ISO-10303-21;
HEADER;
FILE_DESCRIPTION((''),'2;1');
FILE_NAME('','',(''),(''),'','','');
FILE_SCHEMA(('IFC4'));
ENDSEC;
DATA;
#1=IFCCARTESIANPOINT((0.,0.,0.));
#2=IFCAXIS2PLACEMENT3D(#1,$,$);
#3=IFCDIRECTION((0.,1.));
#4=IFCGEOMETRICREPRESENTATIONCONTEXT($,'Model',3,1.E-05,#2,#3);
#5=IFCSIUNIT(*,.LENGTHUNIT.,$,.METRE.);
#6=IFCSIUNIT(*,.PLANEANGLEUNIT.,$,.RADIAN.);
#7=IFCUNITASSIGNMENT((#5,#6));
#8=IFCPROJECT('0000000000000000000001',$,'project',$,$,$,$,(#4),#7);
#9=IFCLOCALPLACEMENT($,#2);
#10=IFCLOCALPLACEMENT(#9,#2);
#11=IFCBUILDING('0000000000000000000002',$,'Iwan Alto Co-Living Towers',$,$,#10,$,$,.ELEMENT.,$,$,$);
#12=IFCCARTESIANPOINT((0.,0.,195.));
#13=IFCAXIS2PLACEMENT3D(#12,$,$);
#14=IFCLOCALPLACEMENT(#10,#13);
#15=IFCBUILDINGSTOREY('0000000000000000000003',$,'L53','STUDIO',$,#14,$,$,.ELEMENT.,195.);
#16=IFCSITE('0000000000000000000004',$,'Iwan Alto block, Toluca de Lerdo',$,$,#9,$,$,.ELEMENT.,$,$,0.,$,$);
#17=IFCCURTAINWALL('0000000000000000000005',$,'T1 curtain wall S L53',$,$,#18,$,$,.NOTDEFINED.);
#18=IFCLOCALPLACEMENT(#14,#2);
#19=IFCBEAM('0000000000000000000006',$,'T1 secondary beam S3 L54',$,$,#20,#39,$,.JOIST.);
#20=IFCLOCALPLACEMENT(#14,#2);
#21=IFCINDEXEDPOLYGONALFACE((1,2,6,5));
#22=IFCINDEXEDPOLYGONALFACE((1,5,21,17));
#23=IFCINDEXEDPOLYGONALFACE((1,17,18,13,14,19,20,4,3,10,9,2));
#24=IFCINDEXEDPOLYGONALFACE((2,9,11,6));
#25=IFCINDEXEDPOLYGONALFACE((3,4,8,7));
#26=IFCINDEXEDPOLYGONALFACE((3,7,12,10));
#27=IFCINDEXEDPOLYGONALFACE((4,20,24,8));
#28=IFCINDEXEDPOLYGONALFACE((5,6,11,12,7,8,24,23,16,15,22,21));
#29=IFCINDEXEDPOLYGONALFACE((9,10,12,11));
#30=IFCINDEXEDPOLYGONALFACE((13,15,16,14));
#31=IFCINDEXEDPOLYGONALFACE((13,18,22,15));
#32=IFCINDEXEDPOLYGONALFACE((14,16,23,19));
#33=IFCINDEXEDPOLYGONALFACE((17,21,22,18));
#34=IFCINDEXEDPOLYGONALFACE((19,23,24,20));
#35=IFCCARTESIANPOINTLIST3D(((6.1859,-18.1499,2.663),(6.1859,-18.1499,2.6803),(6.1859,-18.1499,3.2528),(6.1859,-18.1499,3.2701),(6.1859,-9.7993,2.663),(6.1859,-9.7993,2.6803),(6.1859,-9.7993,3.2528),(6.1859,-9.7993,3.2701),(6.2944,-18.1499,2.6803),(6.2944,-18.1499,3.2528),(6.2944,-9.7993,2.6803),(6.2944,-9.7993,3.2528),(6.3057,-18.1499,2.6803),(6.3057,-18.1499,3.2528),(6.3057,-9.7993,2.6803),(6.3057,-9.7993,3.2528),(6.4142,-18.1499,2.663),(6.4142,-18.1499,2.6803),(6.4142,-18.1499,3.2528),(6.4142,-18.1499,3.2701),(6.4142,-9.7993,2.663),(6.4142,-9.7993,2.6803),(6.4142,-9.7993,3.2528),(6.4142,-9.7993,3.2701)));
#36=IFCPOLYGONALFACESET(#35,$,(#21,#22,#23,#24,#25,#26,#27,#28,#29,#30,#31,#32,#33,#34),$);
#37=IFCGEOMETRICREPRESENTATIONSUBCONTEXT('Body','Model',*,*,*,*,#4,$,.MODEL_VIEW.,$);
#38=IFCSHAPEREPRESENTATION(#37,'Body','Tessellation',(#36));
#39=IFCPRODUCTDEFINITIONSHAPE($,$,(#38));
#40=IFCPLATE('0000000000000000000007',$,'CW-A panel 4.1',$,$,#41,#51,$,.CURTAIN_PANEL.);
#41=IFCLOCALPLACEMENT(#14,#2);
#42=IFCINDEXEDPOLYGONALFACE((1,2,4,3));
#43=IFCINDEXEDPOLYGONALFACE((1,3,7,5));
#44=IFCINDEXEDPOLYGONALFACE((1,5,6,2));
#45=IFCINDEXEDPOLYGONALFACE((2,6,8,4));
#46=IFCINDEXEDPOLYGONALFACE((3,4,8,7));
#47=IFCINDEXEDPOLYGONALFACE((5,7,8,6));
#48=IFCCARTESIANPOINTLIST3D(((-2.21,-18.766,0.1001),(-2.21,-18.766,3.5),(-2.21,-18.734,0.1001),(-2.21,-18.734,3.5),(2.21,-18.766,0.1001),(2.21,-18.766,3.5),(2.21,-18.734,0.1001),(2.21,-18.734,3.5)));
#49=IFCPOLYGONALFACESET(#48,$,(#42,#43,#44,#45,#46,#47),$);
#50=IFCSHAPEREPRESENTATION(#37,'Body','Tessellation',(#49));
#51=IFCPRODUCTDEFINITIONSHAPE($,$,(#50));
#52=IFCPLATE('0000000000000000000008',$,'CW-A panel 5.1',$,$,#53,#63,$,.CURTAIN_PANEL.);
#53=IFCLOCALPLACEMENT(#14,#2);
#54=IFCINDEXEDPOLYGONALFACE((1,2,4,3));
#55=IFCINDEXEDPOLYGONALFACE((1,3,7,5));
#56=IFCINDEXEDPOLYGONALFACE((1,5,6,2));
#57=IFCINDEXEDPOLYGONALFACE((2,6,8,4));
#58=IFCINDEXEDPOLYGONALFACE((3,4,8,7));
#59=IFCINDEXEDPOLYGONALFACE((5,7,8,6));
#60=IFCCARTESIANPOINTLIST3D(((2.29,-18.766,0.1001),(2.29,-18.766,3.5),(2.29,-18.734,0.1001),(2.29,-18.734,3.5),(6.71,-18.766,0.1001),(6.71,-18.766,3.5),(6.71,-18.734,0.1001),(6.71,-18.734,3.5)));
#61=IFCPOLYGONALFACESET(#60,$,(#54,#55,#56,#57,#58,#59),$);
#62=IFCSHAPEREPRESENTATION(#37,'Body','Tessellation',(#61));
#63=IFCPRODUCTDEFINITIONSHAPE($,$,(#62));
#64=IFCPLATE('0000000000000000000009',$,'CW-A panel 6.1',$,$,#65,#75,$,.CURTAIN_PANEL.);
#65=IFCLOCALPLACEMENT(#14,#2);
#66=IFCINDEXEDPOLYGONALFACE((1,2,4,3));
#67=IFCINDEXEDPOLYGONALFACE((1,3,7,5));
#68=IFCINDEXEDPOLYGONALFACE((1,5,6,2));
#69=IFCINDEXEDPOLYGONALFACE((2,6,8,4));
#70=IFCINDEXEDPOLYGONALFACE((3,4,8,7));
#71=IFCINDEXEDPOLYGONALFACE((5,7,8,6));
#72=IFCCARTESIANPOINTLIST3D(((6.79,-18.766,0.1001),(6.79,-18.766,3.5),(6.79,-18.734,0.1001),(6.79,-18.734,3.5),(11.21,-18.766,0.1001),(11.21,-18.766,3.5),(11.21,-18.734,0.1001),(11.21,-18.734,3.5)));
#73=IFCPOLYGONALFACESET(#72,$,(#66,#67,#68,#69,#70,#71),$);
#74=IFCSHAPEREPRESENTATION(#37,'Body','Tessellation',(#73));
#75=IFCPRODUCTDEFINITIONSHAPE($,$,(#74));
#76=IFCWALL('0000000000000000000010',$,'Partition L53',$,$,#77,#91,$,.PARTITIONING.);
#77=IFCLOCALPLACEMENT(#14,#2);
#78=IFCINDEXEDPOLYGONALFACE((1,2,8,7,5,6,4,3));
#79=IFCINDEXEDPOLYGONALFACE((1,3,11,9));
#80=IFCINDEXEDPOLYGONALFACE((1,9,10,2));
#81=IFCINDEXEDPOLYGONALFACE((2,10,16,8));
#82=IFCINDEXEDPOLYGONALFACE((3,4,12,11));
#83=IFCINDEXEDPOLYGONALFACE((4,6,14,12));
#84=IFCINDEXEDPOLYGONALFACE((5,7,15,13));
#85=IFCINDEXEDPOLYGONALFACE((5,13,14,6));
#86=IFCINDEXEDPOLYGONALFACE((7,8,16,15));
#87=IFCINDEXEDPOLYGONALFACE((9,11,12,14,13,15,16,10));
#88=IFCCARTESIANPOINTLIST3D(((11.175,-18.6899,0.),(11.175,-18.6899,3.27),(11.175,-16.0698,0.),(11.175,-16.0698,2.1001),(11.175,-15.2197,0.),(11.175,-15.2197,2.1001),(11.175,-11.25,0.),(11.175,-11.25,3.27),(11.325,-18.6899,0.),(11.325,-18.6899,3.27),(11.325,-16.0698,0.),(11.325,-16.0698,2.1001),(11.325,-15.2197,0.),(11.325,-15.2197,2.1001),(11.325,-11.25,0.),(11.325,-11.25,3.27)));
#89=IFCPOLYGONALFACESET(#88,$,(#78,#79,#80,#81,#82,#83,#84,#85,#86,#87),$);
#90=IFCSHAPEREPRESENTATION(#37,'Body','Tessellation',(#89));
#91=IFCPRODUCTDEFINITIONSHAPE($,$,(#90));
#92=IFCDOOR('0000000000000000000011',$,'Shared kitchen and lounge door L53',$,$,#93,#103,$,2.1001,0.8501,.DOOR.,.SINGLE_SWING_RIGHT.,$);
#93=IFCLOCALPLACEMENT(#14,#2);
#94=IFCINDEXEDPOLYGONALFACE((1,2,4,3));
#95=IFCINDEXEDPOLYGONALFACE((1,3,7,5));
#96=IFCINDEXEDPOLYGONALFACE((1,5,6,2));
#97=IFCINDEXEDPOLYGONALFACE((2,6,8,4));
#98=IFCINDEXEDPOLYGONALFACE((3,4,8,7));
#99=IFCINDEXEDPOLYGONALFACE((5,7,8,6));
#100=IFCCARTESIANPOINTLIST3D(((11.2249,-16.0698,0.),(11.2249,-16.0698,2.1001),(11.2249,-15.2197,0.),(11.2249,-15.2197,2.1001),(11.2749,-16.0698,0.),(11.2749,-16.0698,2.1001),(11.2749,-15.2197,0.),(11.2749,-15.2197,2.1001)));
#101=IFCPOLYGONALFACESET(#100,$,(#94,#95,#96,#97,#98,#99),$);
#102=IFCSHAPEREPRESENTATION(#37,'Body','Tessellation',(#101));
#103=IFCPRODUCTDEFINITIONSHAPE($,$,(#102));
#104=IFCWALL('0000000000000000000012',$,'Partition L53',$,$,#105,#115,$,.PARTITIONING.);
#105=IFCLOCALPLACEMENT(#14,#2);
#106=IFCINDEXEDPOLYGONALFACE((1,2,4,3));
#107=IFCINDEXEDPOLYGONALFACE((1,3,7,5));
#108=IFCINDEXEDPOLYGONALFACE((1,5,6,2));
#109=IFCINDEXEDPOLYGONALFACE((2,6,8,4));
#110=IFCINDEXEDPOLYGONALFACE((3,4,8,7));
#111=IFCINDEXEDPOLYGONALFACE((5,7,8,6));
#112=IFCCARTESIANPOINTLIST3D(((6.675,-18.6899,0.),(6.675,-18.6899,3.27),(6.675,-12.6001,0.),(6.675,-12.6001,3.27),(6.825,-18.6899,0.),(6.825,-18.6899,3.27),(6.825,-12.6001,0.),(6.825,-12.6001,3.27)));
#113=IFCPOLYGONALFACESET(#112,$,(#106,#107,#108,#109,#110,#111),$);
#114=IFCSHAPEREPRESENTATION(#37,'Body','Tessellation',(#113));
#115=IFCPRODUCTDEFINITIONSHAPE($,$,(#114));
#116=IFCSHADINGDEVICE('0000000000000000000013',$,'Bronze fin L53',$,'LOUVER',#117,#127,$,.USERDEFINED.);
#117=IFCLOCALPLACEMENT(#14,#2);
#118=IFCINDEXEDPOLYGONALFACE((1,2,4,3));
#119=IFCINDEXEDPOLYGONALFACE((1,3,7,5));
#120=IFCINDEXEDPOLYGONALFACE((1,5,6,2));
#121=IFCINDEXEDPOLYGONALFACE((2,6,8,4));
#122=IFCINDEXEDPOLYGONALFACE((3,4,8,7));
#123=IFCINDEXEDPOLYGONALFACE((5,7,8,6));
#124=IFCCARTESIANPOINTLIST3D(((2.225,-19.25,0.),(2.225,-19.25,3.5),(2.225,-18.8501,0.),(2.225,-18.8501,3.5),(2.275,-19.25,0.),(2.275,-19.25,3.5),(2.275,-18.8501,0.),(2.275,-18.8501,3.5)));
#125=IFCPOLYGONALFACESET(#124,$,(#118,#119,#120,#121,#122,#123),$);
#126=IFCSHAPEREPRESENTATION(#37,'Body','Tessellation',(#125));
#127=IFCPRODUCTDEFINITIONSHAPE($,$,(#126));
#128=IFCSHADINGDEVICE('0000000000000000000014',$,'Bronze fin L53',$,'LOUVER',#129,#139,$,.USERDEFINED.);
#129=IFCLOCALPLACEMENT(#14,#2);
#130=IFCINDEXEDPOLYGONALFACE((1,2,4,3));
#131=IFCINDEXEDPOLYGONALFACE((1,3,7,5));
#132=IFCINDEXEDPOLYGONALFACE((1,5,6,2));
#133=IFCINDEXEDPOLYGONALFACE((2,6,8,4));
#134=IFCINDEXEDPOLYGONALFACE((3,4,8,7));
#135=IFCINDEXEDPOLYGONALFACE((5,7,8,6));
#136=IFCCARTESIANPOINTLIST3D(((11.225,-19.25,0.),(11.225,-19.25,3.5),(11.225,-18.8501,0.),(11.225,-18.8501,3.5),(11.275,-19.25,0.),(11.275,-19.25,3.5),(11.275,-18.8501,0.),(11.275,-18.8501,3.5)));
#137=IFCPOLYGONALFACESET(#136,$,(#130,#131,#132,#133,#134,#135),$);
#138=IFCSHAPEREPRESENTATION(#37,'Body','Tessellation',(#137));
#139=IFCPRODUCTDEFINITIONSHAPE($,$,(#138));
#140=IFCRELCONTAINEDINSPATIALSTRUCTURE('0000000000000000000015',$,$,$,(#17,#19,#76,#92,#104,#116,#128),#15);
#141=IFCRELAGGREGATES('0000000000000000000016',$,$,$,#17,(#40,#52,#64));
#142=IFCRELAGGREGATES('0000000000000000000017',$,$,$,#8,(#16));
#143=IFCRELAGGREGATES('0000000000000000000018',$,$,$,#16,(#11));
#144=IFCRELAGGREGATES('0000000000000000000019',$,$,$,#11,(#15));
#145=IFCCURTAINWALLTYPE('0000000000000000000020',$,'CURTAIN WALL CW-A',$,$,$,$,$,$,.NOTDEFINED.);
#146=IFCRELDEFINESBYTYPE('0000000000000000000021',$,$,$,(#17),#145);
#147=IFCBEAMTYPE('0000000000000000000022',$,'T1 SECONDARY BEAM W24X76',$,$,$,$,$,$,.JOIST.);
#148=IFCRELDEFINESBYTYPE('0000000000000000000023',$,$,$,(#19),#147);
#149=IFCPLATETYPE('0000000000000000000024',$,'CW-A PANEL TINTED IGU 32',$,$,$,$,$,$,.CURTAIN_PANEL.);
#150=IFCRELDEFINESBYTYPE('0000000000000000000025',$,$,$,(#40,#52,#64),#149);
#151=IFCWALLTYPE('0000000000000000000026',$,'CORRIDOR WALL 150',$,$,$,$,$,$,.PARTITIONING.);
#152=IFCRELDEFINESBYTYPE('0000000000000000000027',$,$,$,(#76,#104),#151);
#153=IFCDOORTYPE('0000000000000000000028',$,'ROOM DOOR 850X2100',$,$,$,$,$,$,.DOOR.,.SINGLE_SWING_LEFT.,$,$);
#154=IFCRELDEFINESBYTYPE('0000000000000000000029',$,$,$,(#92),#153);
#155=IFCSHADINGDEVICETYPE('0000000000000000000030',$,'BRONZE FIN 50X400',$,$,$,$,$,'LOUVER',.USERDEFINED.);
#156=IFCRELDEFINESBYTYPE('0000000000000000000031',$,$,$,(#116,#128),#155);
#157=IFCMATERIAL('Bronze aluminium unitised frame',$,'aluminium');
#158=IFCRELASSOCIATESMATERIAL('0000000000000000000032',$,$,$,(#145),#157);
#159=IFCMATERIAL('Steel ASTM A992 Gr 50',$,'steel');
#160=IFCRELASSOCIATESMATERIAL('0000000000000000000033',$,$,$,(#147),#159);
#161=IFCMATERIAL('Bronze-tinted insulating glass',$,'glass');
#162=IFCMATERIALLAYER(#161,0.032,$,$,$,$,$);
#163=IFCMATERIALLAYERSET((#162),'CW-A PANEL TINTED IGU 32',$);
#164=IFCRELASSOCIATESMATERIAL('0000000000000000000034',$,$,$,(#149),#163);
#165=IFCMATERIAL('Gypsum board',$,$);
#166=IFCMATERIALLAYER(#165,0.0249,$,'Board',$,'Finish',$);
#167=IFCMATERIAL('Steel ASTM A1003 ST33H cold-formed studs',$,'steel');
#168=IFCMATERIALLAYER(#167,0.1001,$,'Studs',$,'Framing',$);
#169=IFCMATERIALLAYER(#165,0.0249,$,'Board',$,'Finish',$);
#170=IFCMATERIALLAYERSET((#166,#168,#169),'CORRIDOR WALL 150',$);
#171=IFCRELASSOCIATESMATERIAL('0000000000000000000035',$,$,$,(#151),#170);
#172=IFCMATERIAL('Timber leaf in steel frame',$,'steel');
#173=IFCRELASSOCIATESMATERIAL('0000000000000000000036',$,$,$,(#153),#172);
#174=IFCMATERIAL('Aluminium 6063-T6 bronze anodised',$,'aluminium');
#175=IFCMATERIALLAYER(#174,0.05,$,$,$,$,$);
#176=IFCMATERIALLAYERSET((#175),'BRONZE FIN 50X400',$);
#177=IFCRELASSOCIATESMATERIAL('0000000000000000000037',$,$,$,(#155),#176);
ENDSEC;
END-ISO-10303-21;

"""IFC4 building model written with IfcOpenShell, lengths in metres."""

from ifc_helpers import new_model, si_unit, direction, frame, frame_2d, origin, origin_2d, place, context, subcontext, project, spatial, rectangle, i_section, extrude, material, layer, layer_set, material_profile, profile_set, type_object, element, fill, aggregate, save


model = new_model("IFC4")

# Units and contexts
model_context = context("Model", 3, precision=1e-05, world=origin(), true_north=direction((0.0, 1.0)))
body_context = subcontext(model_context, "Body", "Model", "MODEL_VIEW")
ifc_project = project(units=[si_unit("LENGTHUNIT", "METRE"), si_unit("PLANEANGLEUNIT", "RADIAN")], contexts=[model_context])

# Site, building, storey
site_placement = place(None, origin())
site = spatial("IfcSite", under=ifc_project, at=site_placement, Name="Iwan Alto block, Toluca de Lerdo", CompositionType="ELEMENT", RefElevation=0.0)
building_placement = place(site_placement, origin())
building = spatial("IfcBuilding", under=site, at=building_placement, Name="Iwan Alto Co-Living Towers", CompositionType="ELEMENT")
storey_placement = place(building_placement, frame((0.0, 0.0, 195.0)))
storey = spatial("IfcBuildingStorey", under=building, at=storey_placement, Name="L53", Description="STUDIO", CompositionType="ELEMENT", Elevation=195.0)

# Curtain wall
ifc_material_1 = material(Name="Bronze aluminium unitised frame", Category="aluminium")
curtain_wall_type = type_object("IfcCurtainWallType", Name="CURTAIN WALL CW-A", PredefinedType="NOTDEFINED", material=ifc_material_1)
curtain_wall_placement = place(storey_placement, origin())
curtain_wall = element("IfcCurtainWall", 1, at=curtain_wall_placement, inside=storey, type_object=curtain_wall_type, Name="T1 curtain wall S L53", PredefinedType="NOTDEFINED")

# Beam
ifc_material_2 = material(Name="Steel ASTM A992 Gr 50", Category="steel")
ifc_material_profile_1 = material_profile(ifc_material_2, i_section(OverallWidth=0.2283, OverallDepth=0.6072, WebThickness=0.0112, FlangeThickness=0.0173, at=origin_2d()), Name="W24X76")
ifc_profile_set_1 = profile_set([ifc_material_profile_1], Name="Steel ASTM A992 Gr 50")
beam_type_1 = type_object("IfcBeamType", Name="T1 SECONDARY BEAM W24X76", PredefinedType="JOIST", material=ifc_profile_set_1)
for number, where, z_axis, x_axis, name in (
    (2, (6.3, -18.1499, 2.9666), (0.0, 1.0, 0.0), (-1.0, 0.0, 0.0), "T1 secondary beam S3 L54"),
):
    element("IfcBeam", number, at=place(storey_placement, frame(where, z_axis=z_axis, x_axis=x_axis)), inside=storey, type_object=beam_type_1, Name=name, PredefinedType="JOIST", context=body_context, shape_type="SweptSolid", body=[
        extrude(i_section(OverallWidth=0.2283, OverallDepth=0.6072, WebThickness=0.0112, FlangeThickness=0.0173, at=origin_2d()), origin(), (0.0, 0.0, 1.0), 8.3506),
    ])

# Plates
ifc_material_3 = material(Name="Bronze-tinted insulating glass", Category="glass")
ifc_layer_1 = layer(ifc_material_3, 0.032)
ifc_layer_set_1 = layer_set([ifc_layer_1], Name="CW-A PANEL TINTED IGU 32")
plate_type = type_object("IfcPlateType", Name="CW-A PANEL TINTED IGU 32", PredefinedType="CURTAIN_PANEL", material=ifc_layer_set_1)
plate_1_placement = place(storey_placement, frame((0.0, -18.75, 0.1001), z_axis=(0.0, 0.0, 1.0), x_axis=(1.0, 0.0, 0.0)))
plate_1 = element("IfcPlate", 3, at=plate_1_placement, type_object=plate_type, Name="CW-A panel 4.1", PredefinedType="CURTAIN_PANEL", context=body_context, shape_type="SweptSolid", body=[
    extrude(rectangle(XDim=4.4199, YDim=0.032, at=origin_2d()), origin(), (0.0, 0.0, 1.0), 3.3999),
])
plate_2_placement = place(storey_placement, frame((4.5, -18.75, 0.1001), z_axis=(0.0, 0.0, 1.0), x_axis=(1.0, 0.0, 0.0)))
plate_2 = element("IfcPlate", 4, at=plate_2_placement, type_object=plate_type, Name="CW-A panel 5.1", PredefinedType="CURTAIN_PANEL", context=body_context, shape_type="SweptSolid", body=[
    extrude(rectangle(XDim=4.4199, YDim=0.032, at=origin_2d()), origin(), (0.0, 0.0, 1.0), 3.3999),
])
plate_3_placement = place(storey_placement, frame((9.0, -18.75, 0.1001), z_axis=(0.0, 0.0, 1.0), x_axis=(1.0, 0.0, 0.0)))
plate_3 = element("IfcPlate", 5, at=plate_3_placement, type_object=plate_type, Name="CW-A panel 6.1", PredefinedType="CURTAIN_PANEL", context=body_context, shape_type="SweptSolid", body=[
    extrude(rectangle(XDim=4.4199, YDim=0.032, at=origin_2d()), origin(), (0.0, 0.0, 1.0), 3.3999),
])
aggregate(curtain_wall, [plate_1, plate_2, plate_3])

# Wall, opening, door
ifc_material_4 = material(Name="Gypsum board")
ifc_layer_2 = layer(ifc_material_4, 0.0249, Name="Board", Category="Finish")
ifc_material_5 = material(Name="Steel ASTM A1003 ST33H cold-formed studs", Category="steel")
ifc_layer_3 = layer(ifc_material_5, 0.1001, Name="Studs", Category="Framing")
ifc_layer_4 = layer(ifc_material_4, 0.0249, Name="Board", Category="Finish")
ifc_layer_set_2 = layer_set([ifc_layer_2, ifc_layer_3, ifc_layer_4], Name="CORRIDOR WALL 150")
wall_type = type_object("IfcWallType", Name="CORRIDOR WALL 150", PredefinedType="PARTITIONING", material=ifc_layer_set_2)
wall_1_placement = place(storey_placement, frame((11.25, -18.6899, 0.0), z_axis=(0.0, 0.0, 1.0), x_axis=(0.0, 1.0, 0.0)))
wall_1 = element("IfcWall", 6, at=wall_1_placement, inside=storey, type_object=wall_type, Name="Partition L53", PredefinedType="PARTITIONING", context=body_context, shape_type="SweptSolid", body=[
    extrude(rectangle(XDim=7.4399, YDim=0.1499, at=frame_2d((3.72, 0.0))), origin(), (0.0, 0.0, 1.0), 3.27),
])
opening_placement = place(wall_1_placement, frame((2.6201, 0.0, 0.0)))
opening = element("IfcOpeningElement", 7, at=opening_placement, cuts=wall_1, PredefinedType="OPENING", context=body_context, shape_type="SweptSolid", body=[
    extrude(rectangle(XDim=0.8501, YDim=2.1001, at=frame_2d((0.425, 1.05))), frame((0.0, 0.085, 0.0), z_axis=(0.0, -1.0, 0.0), x_axis=(1.0, 0.0, 0.0)), (0.0, 0.0, 1.0), 0.1699),
])
ifc_material_6 = material(Name="Timber leaf in steel frame", Category="steel")
door_type = type_object("IfcDoorType", Name="ROOM DOOR 850X2100", OperationType="SINGLE_SWING_LEFT", PredefinedType="DOOR", material=ifc_material_6)
door_placement = place(opening_placement, frame((0.8501, 0.0, 0.0), z_axis=(0.0, 0.0, 1.0), x_axis=(-1.0, 0.0, 0.0)))
door = element("IfcDoor", 8, at=door_placement, inside=storey, type_object=door_type, Name="Shared kitchen and lounge door L53", OperationType="SINGLE_SWING_RIGHT", OverallHeight=2.1001, OverallWidth=0.8501, PredefinedType="DOOR", context=body_context, shape_type="SweptSolid", body=[
    extrude(rectangle(XDim=0.8501, YDim=2.1001, at=frame_2d((0.425, 1.05))), frame((0.0, 0.0249, 0.0), z_axis=(0.0, -1.0, 0.0), x_axis=(1.0, 0.0, 0.0)), (0.0, 0.0, 1.0), 0.05),
])
fill(opening, door)

# Wall
wall_2_placement = place(storey_placement, frame((6.75, -18.6899, 0.0), z_axis=(0.0, 0.0, 1.0), x_axis=(0.0, 1.0, 0.0)))
element("IfcWall", 9, at=wall_2_placement, inside=storey, type_object=wall_type, Name="Partition L53", PredefinedType="PARTITIONING", context=body_context, shape_type="SweptSolid", body=[
    extrude(rectangle(XDim=6.0898, YDim=0.1499, at=frame_2d((3.0449, 0.0))), origin(), (0.0, 0.0, 1.0), 3.27),
])

# Shading devices
ifc_material_7 = material(Name="Aluminium 6063-T6 bronze anodised", Category="aluminium")
ifc_layer_5 = layer(ifc_material_7, 0.05)
ifc_layer_set_3 = layer_set([ifc_layer_5], Name="BRONZE FIN 50X400")
shading_device_type = type_object("IfcShadingDeviceType", Name="BRONZE FIN 50X400", ElementType="LOUVER", PredefinedType="USERDEFINED", material=ifc_layer_set_3)
for number, where, z_axis, x_axis, name in (
    (10, (2.25, -19.05, 0.0), (0.0, 0.0, 1.0), (1.0, 0.0, 0.0), "Bronze fin L53"),
    (11, (11.25, -19.05, 0.0), (0.0, 0.0, 1.0), (1.0, 0.0, 0.0), "Bronze fin L53"),
):
    element("IfcShadingDevice", number, at=place(storey_placement, frame(where, z_axis=z_axis, x_axis=x_axis)), inside=storey, type_object=shading_device_type, Name=name, ObjectType="LOUVER", PredefinedType="USERDEFINED", context=body_context, shape_type="SweptSolid", body=[
        extrude(rectangle(XDim=0.05, YDim=0.3999, at=origin_2d()), origin(), (0.0, 0.0, 1.0), 3.5),
    ])

save(model, "model.ifc")
